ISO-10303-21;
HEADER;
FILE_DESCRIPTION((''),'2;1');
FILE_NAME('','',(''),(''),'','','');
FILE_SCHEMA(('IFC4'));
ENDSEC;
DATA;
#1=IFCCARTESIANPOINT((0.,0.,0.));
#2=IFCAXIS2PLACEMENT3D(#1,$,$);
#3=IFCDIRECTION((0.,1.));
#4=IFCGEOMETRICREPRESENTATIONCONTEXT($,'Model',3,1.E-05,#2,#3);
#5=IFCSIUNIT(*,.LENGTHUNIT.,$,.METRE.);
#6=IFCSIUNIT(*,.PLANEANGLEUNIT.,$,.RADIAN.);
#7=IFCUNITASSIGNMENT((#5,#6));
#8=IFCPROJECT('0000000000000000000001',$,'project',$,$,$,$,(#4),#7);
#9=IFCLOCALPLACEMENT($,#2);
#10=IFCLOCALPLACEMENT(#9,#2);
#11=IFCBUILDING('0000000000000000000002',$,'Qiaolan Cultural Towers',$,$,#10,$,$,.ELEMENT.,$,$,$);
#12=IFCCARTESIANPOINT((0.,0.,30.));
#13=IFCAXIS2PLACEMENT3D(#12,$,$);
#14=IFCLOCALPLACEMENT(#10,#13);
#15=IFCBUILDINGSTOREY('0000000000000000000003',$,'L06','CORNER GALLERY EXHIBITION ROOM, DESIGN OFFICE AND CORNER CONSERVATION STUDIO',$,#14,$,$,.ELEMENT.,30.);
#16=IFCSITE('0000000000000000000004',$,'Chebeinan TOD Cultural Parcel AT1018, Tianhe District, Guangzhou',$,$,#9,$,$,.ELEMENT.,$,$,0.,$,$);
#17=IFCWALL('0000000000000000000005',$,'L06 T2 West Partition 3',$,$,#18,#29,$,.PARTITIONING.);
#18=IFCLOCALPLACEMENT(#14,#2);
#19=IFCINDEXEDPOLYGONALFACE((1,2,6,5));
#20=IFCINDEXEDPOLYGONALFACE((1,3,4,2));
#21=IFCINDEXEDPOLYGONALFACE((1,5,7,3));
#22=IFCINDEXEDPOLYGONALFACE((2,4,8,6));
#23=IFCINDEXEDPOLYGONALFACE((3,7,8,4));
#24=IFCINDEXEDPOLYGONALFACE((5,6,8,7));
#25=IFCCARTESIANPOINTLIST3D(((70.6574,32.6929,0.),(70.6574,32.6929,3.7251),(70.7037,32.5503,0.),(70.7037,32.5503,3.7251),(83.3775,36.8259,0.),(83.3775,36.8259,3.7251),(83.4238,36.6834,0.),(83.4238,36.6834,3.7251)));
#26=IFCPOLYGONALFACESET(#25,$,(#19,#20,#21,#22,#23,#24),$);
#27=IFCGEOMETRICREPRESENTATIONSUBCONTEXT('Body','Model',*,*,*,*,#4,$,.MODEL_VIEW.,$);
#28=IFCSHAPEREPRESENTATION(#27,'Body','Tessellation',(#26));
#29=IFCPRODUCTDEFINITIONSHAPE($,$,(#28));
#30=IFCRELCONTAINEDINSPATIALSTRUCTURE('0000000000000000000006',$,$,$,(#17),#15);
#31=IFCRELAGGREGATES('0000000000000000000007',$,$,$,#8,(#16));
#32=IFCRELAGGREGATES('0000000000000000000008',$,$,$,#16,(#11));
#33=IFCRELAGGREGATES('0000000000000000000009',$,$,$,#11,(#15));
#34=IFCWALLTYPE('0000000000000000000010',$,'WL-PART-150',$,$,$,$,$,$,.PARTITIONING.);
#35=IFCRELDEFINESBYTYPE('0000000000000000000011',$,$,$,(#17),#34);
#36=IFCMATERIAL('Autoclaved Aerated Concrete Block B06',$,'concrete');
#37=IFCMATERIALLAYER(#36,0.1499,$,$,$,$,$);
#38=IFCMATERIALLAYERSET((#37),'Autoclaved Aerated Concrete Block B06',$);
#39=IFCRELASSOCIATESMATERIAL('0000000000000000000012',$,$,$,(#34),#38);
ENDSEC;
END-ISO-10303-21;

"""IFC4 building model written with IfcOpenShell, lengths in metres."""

from ifc_helpers import new_model, si_unit, direction, frame, frame_2d, origin, place, context, subcontext, project, spatial, rectangle, extrude, material, layer, layer_set, type_object, element, save


model = new_model("IFC4")

# Units and contexts
model_context = context("Model", 3, precision=1e-05, world=origin(), true_north=direction((0.0, 1.0)))
body_context = subcontext(model_context, "Body", "Model", "MODEL_VIEW")
ifc_project = project(units=[si_unit("LENGTHUNIT", "METRE"), si_unit("PLANEANGLEUNIT", "RADIAN")], contexts=[model_context])

# Site, building, storey
site_placement = place(None, origin())
site = spatial("IfcSite", under=ifc_project, at=site_placement, Name="Chebeinan TOD Cultural Parcel AT1018, Tianhe District, Guangzhou", CompositionType="ELEMENT", RefElevation=0.0)
building_placement = place(site_placement, origin())
building = spatial("IfcBuilding", under=site, at=building_placement, Name="Qiaolan Cultural Towers", CompositionType="ELEMENT")
storey_placement = place(building_placement, frame((0.0, 0.0, 30.0)))
storey = spatial("IfcBuildingStorey", under=building, at=storey_placement, Name="L06", Description="CORNER GALLERY EXHIBITION ROOM, DESIGN OFFICE AND CORNER CONSERVATION STUDIO", CompositionType="ELEMENT", Elevation=30.0)

# Shared definitions
ifc_material_1 = material(Name="Autoclaved Aerated Concrete Block B06", Category="concrete")
ifc_layer_1 = layer(ifc_material_1, 0.1499)
ifc_layer_set_1 = layer_set([ifc_layer_1], Name="Autoclaved Aerated Concrete Block B06")
wall_type_1 = type_object("IfcWallType", Name="WL-PART-150", PredefinedType="PARTITIONING", material=ifc_layer_set_1)

# Wall
wall_1_placement = place(storey_placement, frame((70.6804, 32.6216, 0.0), z_axis=(0.0, 0.0, 1.0), x_axis=(0.951056, 0.309018, 0.0)))
element("IfcWall", 1, at=wall_1_placement, inside=storey, type_object=wall_type_1, Name="L06 T2 West Partition 3", PredefinedType="PARTITIONING", context=body_context, shape_type="SweptSolid", body=[
    extrude(rectangle(XDim=13.3748, YDim=0.1499, at=frame_2d((6.6875, 0.0))), origin(), (0.0, 0.0, 1.0), 3.7251),
])

save(model, "model.ifc")
